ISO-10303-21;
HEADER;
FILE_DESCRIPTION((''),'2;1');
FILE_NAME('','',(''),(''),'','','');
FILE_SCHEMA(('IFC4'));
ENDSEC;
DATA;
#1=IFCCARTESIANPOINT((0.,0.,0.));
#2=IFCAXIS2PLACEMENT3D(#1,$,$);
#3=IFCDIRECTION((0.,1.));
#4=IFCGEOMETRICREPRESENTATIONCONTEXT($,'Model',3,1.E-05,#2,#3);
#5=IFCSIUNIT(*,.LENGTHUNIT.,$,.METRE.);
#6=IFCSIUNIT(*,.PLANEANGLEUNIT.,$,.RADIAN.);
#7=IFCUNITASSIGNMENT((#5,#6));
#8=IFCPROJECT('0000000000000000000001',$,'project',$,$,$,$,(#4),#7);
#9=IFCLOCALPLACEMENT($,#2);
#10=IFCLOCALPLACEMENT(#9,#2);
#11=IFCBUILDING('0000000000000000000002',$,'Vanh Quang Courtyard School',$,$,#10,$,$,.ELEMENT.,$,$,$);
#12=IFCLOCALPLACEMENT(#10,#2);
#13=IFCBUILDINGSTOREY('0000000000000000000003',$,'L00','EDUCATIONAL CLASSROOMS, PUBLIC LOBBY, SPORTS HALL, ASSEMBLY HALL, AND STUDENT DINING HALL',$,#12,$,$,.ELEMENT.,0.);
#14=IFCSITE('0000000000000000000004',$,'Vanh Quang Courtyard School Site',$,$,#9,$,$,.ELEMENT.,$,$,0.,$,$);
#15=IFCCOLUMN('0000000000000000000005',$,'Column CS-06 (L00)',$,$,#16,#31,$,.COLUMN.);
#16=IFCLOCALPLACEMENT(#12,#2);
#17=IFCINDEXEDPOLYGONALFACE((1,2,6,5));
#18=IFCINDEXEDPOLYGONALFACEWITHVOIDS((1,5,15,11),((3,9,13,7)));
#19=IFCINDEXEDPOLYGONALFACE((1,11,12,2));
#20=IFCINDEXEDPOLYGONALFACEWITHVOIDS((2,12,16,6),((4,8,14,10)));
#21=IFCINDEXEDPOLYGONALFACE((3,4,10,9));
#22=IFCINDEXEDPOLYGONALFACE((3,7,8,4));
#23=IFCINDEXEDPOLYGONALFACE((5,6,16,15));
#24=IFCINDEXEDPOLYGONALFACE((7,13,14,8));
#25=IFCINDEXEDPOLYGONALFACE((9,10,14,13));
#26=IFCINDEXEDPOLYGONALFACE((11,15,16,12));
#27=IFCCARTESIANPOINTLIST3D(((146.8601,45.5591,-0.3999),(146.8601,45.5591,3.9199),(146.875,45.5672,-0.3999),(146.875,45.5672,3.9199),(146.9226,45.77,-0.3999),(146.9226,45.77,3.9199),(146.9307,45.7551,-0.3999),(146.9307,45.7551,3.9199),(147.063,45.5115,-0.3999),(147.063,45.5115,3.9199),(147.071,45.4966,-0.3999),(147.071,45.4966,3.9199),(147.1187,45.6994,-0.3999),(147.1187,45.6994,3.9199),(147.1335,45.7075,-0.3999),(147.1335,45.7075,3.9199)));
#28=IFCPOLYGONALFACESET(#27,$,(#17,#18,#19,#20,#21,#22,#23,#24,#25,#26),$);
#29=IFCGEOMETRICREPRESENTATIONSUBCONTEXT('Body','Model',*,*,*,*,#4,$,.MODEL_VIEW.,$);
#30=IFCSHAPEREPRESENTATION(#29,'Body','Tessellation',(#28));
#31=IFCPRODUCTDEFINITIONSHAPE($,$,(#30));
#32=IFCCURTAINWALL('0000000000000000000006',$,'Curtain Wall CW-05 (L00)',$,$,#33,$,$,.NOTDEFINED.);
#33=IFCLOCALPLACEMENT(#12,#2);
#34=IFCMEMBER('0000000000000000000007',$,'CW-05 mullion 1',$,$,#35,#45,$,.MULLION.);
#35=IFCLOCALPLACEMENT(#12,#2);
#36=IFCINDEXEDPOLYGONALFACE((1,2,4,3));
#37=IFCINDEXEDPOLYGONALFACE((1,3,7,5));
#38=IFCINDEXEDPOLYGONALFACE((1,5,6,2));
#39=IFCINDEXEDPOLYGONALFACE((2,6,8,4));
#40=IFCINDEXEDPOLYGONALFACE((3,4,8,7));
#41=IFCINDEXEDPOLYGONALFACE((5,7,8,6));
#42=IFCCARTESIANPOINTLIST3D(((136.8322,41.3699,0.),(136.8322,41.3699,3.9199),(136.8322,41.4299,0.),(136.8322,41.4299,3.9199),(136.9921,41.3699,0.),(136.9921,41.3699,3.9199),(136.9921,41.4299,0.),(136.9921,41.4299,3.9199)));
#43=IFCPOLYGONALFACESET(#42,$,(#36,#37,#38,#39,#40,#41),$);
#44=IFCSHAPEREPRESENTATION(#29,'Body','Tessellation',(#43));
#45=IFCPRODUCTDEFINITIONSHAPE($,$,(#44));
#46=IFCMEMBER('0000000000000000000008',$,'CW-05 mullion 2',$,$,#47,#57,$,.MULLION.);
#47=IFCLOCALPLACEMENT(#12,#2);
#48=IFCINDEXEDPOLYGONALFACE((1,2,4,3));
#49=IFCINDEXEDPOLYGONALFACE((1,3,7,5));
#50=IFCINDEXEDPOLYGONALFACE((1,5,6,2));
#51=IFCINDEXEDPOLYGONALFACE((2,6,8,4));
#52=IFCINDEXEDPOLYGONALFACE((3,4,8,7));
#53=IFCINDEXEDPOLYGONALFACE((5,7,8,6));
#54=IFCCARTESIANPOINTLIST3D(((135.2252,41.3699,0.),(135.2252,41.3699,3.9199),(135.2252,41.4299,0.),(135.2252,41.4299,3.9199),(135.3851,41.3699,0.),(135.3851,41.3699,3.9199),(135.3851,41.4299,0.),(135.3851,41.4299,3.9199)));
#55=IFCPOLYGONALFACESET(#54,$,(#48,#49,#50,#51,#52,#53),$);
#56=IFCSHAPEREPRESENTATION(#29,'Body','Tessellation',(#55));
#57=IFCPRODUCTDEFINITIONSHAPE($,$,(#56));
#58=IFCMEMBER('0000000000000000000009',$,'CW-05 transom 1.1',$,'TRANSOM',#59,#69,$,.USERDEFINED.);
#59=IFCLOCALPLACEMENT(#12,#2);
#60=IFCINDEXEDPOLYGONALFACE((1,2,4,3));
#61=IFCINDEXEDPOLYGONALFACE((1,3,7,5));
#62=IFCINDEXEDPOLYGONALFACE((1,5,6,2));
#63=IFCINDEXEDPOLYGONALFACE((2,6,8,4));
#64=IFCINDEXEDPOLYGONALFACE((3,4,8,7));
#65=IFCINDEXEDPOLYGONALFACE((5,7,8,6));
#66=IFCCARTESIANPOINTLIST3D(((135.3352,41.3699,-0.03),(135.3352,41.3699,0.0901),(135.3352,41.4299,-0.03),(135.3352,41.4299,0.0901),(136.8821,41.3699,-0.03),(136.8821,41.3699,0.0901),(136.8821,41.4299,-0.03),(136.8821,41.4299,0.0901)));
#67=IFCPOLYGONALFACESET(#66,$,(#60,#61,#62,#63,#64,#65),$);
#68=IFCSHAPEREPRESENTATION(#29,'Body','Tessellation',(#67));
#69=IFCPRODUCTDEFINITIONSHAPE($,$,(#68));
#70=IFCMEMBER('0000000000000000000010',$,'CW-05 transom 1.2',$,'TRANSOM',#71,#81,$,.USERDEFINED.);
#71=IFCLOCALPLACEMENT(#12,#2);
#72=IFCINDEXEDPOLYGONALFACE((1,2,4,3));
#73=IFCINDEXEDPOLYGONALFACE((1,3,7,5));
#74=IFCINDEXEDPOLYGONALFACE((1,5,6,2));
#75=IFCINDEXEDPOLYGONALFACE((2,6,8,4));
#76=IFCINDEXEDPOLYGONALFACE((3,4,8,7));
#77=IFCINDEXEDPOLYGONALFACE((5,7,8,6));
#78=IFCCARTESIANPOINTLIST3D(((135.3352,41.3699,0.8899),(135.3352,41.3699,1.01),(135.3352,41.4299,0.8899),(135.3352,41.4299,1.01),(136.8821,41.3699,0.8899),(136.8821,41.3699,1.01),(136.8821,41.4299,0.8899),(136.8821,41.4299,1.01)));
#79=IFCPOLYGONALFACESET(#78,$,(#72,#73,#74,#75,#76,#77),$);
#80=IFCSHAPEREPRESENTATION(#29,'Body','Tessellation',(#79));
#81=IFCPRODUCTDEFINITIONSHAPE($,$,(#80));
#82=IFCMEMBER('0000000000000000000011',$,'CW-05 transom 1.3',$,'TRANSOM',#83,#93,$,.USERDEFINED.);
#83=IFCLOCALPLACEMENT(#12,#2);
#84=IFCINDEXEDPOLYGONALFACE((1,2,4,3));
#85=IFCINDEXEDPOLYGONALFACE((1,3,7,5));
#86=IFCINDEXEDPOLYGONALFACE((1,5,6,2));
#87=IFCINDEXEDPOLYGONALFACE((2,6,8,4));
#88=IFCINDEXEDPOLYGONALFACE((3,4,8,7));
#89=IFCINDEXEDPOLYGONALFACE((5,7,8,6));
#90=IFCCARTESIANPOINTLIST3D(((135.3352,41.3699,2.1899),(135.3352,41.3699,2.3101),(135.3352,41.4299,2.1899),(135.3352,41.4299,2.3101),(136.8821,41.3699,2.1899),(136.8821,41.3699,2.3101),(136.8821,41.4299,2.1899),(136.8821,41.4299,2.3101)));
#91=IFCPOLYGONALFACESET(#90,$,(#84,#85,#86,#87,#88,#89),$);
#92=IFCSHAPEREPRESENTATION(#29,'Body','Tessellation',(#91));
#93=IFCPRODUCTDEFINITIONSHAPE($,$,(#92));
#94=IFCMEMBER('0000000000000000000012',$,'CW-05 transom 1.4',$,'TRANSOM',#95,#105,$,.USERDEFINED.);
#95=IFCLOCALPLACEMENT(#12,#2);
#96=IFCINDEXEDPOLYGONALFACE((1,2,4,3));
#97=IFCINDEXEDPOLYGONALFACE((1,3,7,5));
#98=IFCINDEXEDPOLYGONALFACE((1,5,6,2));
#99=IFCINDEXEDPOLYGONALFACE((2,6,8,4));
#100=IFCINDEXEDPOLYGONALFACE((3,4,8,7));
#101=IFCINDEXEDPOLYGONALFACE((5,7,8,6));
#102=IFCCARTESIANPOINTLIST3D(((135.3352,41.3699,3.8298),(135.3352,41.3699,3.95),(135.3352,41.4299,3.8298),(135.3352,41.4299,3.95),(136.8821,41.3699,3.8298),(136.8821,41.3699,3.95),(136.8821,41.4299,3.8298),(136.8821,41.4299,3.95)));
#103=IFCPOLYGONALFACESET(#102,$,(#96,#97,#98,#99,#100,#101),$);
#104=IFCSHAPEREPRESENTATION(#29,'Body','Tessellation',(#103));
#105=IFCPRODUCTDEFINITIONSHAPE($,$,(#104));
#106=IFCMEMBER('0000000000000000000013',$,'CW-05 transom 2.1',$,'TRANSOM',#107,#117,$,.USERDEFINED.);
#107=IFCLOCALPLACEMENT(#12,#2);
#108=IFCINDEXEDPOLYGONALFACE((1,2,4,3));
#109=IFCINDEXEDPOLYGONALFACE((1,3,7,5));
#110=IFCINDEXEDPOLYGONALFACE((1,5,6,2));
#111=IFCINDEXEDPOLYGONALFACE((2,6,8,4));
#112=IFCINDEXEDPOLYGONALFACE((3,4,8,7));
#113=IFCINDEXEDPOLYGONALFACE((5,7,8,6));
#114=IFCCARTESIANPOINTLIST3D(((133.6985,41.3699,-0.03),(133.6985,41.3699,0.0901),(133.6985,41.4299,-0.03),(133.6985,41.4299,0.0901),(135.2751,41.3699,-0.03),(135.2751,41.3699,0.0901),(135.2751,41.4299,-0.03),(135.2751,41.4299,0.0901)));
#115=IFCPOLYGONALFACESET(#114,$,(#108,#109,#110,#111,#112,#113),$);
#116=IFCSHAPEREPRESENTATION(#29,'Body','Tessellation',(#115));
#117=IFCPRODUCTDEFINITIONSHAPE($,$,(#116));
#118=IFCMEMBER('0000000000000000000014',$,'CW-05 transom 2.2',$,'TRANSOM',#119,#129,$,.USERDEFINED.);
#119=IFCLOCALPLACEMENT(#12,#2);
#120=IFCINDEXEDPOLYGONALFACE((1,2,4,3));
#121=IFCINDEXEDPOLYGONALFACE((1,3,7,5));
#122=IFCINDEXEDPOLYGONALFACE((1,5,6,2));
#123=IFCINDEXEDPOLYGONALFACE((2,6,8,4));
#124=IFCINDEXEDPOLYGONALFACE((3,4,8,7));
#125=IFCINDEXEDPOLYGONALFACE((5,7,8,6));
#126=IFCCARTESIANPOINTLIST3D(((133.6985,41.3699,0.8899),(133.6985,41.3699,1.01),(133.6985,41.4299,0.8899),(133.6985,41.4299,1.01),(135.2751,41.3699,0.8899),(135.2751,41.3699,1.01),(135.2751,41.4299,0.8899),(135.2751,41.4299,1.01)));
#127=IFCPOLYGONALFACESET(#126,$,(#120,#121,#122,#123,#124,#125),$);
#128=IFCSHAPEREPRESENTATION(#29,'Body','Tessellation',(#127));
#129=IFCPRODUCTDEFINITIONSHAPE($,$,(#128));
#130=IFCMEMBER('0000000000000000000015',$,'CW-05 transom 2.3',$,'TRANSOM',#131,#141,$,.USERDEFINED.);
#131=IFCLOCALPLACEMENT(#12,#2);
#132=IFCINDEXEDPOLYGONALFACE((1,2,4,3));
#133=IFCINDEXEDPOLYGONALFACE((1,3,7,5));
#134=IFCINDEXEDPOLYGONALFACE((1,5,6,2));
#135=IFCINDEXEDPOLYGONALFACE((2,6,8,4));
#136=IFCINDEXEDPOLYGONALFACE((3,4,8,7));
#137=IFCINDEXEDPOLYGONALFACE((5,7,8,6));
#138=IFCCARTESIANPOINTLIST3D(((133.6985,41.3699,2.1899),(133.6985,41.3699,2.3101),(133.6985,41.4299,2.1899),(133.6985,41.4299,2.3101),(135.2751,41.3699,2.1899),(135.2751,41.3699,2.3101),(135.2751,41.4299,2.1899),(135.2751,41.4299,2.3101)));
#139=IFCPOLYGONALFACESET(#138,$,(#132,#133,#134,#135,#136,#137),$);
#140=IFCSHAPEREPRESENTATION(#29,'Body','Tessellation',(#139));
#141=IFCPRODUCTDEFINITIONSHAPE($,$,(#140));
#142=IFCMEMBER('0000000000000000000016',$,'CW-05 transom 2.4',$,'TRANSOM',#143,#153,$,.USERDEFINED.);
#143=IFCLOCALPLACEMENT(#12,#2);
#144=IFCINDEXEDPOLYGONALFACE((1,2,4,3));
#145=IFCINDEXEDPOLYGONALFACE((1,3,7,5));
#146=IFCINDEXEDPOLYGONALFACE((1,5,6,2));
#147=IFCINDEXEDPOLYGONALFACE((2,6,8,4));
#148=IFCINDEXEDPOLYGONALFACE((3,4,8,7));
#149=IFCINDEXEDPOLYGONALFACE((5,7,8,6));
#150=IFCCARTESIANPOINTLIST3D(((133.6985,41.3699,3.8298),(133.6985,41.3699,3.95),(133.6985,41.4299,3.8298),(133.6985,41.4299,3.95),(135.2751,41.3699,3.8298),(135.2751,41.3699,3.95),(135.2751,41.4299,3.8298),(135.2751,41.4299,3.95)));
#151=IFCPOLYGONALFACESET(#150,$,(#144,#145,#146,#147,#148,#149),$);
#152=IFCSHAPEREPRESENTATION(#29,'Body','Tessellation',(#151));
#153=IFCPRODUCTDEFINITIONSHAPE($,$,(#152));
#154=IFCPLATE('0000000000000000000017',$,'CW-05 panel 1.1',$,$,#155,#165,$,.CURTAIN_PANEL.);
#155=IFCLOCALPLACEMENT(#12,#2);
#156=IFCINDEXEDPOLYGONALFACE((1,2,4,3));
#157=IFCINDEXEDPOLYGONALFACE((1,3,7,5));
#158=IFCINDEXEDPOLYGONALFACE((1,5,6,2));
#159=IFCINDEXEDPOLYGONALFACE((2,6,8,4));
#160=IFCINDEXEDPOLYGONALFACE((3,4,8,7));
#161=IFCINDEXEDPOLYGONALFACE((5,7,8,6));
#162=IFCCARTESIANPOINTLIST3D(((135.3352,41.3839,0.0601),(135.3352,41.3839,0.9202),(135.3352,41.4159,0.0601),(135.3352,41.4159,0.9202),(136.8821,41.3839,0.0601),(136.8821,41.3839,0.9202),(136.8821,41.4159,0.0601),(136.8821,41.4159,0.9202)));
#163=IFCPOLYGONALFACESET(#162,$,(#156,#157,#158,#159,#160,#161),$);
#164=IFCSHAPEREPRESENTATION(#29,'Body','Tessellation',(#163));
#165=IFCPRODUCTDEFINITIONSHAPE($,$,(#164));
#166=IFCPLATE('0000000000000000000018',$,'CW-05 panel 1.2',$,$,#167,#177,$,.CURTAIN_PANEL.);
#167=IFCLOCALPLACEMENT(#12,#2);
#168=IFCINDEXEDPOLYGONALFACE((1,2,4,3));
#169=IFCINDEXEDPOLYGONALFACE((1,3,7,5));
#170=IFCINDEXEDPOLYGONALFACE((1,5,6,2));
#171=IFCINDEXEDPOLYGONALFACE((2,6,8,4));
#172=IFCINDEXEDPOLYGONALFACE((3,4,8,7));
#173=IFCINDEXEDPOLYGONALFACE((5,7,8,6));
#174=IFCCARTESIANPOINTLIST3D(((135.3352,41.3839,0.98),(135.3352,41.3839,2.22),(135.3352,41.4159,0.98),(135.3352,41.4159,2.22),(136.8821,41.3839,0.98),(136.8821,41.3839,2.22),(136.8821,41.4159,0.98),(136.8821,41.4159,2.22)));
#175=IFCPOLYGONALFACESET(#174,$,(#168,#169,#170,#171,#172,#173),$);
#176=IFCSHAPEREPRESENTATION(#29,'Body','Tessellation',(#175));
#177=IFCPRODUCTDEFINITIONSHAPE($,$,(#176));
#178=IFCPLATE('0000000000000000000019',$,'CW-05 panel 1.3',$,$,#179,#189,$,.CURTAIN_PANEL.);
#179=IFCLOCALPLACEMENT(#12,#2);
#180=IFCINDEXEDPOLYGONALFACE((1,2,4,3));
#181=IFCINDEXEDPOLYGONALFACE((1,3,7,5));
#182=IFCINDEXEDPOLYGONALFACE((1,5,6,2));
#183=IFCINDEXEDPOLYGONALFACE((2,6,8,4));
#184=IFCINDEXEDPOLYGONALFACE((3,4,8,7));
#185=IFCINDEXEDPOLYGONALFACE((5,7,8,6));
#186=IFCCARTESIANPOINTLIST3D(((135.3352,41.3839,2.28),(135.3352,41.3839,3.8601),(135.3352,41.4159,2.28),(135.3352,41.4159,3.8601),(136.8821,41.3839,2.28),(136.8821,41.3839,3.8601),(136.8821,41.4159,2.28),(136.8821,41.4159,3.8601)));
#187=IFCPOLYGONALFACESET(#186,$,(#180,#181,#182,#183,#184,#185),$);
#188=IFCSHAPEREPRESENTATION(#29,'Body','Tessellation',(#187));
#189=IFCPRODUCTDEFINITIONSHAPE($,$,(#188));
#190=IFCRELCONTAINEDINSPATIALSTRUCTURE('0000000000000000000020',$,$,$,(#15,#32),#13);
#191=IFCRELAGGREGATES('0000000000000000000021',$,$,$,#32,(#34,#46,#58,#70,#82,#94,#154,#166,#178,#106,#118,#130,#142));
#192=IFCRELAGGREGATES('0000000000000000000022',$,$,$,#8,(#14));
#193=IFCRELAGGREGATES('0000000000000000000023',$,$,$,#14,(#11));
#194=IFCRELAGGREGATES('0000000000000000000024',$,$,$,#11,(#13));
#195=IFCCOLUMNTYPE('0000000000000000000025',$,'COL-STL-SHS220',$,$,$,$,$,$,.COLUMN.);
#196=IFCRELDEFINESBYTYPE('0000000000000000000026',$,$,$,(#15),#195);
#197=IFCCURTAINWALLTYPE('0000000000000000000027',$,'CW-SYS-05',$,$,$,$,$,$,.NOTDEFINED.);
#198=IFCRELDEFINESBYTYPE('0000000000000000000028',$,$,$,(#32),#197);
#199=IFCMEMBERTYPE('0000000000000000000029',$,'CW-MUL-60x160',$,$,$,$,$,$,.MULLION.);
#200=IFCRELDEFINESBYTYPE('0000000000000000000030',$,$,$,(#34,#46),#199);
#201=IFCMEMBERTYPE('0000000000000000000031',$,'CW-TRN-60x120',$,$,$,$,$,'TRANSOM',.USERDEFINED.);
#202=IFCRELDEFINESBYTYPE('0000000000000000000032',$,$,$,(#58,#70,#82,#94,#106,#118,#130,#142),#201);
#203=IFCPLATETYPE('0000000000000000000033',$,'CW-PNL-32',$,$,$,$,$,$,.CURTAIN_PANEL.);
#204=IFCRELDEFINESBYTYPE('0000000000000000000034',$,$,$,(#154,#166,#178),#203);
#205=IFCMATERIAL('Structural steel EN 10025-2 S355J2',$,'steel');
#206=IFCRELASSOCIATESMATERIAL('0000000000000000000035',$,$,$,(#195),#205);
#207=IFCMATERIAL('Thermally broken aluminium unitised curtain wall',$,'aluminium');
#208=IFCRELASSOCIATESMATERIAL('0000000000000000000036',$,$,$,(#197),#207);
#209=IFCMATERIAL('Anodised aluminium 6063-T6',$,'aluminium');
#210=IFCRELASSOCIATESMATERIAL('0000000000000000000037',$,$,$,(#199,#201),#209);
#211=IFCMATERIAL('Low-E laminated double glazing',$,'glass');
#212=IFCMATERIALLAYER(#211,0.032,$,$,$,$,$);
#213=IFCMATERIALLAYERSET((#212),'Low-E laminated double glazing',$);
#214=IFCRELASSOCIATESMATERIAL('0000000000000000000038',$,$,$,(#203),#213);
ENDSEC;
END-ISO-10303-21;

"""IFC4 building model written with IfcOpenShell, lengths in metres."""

from ifc_helpers import new_model, si_unit, direction, frame, origin, origin_2d, place, context, subcontext, project, spatial, rectangle, hollow_rectangle, extrude, material, layer, layer_set, material_profile, profile_set, type_object, element, aggregate, save


model = new_model("IFC4")

# Units and contexts
model_context = context("Model", 3, precision=1e-05, world=origin(), true_north=direction((0.0, 1.0)))
body_context = subcontext(model_context, "Body", "Model", "MODEL_VIEW")
ifc_project = project(units=[si_unit("LENGTHUNIT", "METRE"), si_unit("PLANEANGLEUNIT", "RADIAN")], contexts=[model_context])

# Site, building, storey
site_placement = place(None, origin())
site = spatial("IfcSite", under=ifc_project, at=site_placement, Name="Vanh Quang Courtyard School Site", CompositionType="ELEMENT", RefElevation=0.0)
building_placement = place(site_placement, origin())
building = spatial("IfcBuilding", under=site, at=building_placement, Name="Vanh Quang Courtyard School", CompositionType="ELEMENT")
storey_placement = place(building_placement, origin())
storey = spatial("IfcBuildingStorey", under=building, at=storey_placement, Name="L00", Description="EDUCATIONAL CLASSROOMS, PUBLIC LOBBY, SPORTS HALL, ASSEMBLY HALL, AND STUDENT DINING HALL", CompositionType="ELEMENT", Elevation=0.0)

# Column
ifc_material_1 = material(Name="Structural steel EN 10025-2 S355J2", Category="steel")
ifc_material_profile_1 = material_profile(ifc_material_1, hollow_rectangle(XDim=0.22, YDim=0.22, WallThickness=0.012, at=origin_2d()), Name="SHS 220x220x12")
ifc_profile_set_1 = profile_set([ifc_material_profile_1], Name="Structural steel EN 10025-2 S355J2")
column_type_1 = type_object("IfcColumnType", Name="COL-STL-SHS220", PredefinedType="COLUMN", material=ifc_profile_set_1)
column_1_placement = place(storey_placement, frame((146.9968, 45.6333, -0.3999), z_axis=(0.0, 0.0, 1.0), x_axis=(0.95882, -0.284015, 0.0)))
element("IfcColumn", 1, at=column_1_placement, inside=storey, type_object=column_type_1, Name="Column CS-06 (L00)", PredefinedType="COLUMN", context=body_context, shape_type="SweptSolid", body=[
    extrude(hollow_rectangle(XDim=0.22, YDim=0.22, WallThickness=0.012, at=origin_2d()), origin(), (0.0, 0.0, 1.0), 4.3198),
])

# Curtain wall, members, plates
ifc_material_2 = material(Name="Thermally broken aluminium unitised curtain wall", Category="aluminium")
curtain_wall_type = type_object("IfcCurtainWallType", Name="CW-SYS-05", PredefinedType="NOTDEFINED", material=ifc_material_2)
curtain_wall_placement = place(storey_placement, origin())
curtain_wall = element("IfcCurtainWall", 2, at=curtain_wall_placement, inside=storey, type_object=curtain_wall_type, Name="Curtain Wall CW-05 (L00)", PredefinedType="NOTDEFINED")
ifc_material_3 = material(Name="Anodised aluminium 6063-T6", Category="aluminium")
ifc_material_profile_2 = material_profile(ifc_material_3, rectangle(XDim=0.0601, YDim=0.1599, at=origin_2d()), Name="ALU-MUL 60x160")
ifc_profile_set_2 = profile_set([ifc_material_profile_2], Name="Anodised aluminium 6063-T6")
member_type_1 = type_object("IfcMemberType", Name="CW-MUL-60x160", PredefinedType="MULLION", material=ifc_profile_set_2)
member_1_placement = place(storey_placement, frame((136.9121, 41.3999, 0.0), z_axis=(0.0, 0.0, 1.0), x_axis=(0.0, -1.0, 0.0)))
member_1 = element("IfcMember", 3, at=member_1_placement, type_object=member_type_1, Name="CW-05 mullion 1", PredefinedType="MULLION", context=body_context, shape_type="SweptSolid", body=[
    extrude(rectangle(XDim=0.0601, YDim=0.1599, at=origin_2d()), origin(), (0.0, 0.0, 1.0), 3.9199),
])
member_2_placement = place(storey_placement, frame((135.3052, 41.3999, 0.0), z_axis=(0.0, 0.0, 1.0), x_axis=(0.0, -1.0, 0.0)))
member_2 = element("IfcMember", 4, at=member_2_placement, type_object=member_type_1, Name="CW-05 mullion 2", PredefinedType="MULLION", context=body_context, shape_type="SweptSolid", body=[
    extrude(rectangle(XDim=0.0601, YDim=0.1599, at=origin_2d()), origin(), (0.0, 0.0, 1.0), 3.9199),
])
ifc_material_profile_3 = material_profile(ifc_material_3, rectangle(XDim=0.0601, YDim=0.1201, at=origin_2d()), Name="ALU-TRN 60x120")
ifc_profile_set_3 = profile_set([ifc_material_profile_3], Name="Anodised aluminium 6063-T6")
member_type_2 = type_object("IfcMemberType", Name="CW-TRN-60x120", ElementType="TRANSOM", PredefinedType="USERDEFINED", material=ifc_profile_set_3)
member_3_placement = place(storey_placement, frame((136.8821, 41.3999, 0.03), z_axis=(-1.0, 0.0, 0.0), x_axis=(0.0, -1.0, 0.0)))
member_3 = element("IfcMember", 5, at=member_3_placement, type_object=member_type_2, Name="CW-05 transom 1.1", ObjectType="TRANSOM", PredefinedType="USERDEFINED", context=body_context, shape_type="SweptSolid", body=[
    extrude(rectangle(XDim=0.0601, YDim=0.1201, at=origin_2d()), origin(), (0.0, 0.0, 1.0), 1.5469),
])
member_4_placement = place(storey_placement, frame((136.8821, 41.3999, 0.95), z_axis=(-1.0, 0.0, 0.0), x_axis=(0.0, -1.0, 0.0)))
member_4 = element("IfcMember", 6, at=member_4_placement, type_object=member_type_2, Name="CW-05 transom 1.2", ObjectType="TRANSOM", PredefinedType="USERDEFINED", context=body_context, shape_type="SweptSolid", body=[
    extrude(rectangle(XDim=0.0601, YDim=0.1201, at=origin_2d()), origin(), (0.0, 0.0, 1.0), 1.5469),
])
member_5_placement = place(storey_placement, frame((136.8821, 41.3999, 2.25), z_axis=(-1.0, 0.0, 0.0), x_axis=(0.0, -1.0, 0.0)))
member_5 = element("IfcMember", 7, at=member_5_placement, type_object=member_type_2, Name="CW-05 transom 1.3", ObjectType="TRANSOM", PredefinedType="USERDEFINED", context=body_context, shape_type="SweptSolid", body=[
    extrude(rectangle(XDim=0.0601, YDim=0.1201, at=origin_2d()), origin(), (0.0, 0.0, 1.0), 1.5469),
])
member_6_placement = place(storey_placement, frame((136.8821, 41.3999, 3.8899), z_axis=(-1.0, 0.0, 0.0), x_axis=(0.0, -1.0, 0.0)))
member_6 = element("IfcMember", 8, at=member_6_placement, type_object=member_type_2, Name="CW-05 transom 1.4", ObjectType="TRANSOM", PredefinedType="USERDEFINED", context=body_context, shape_type="SweptSolid", body=[
    extrude(rectangle(XDim=0.0601, YDim=0.1201, at=origin_2d()), origin(), (0.0, 0.0, 1.0), 1.5469),
])
member_7_placement = place(storey_placement, frame((135.2751, 41.3999, 0.03), z_axis=(-1.0, 0.0, 0.0), x_axis=(0.0, -1.0, 0.0)))
member_7 = element("IfcMember", 9, at=member_7_placement, type_object=member_type_2, Name="CW-05 transom 2.1", ObjectType="TRANSOM", PredefinedType="USERDEFINED", context=body_context, shape_type="SweptSolid", body=[
    extrude(rectangle(XDim=0.0601, YDim=0.1201, at=origin_2d()), origin(), (0.0, 0.0, 1.0), 1.5767),
])
member_8_placement = place(storey_placement, frame((135.2751, 41.3999, 0.95), z_axis=(-1.0, 0.0, 0.0), x_axis=(0.0, -1.0, 0.0)))
member_8 = element("IfcMember", 10, at=member_8_placement, type_object=member_type_2, Name="CW-05 transom 2.2", ObjectType="TRANSOM", PredefinedType="USERDEFINED", context=body_context, shape_type="SweptSolid", body=[
    extrude(rectangle(XDim=0.0601, YDim=0.1201, at=origin_2d()), origin(), (0.0, 0.0, 1.0), 1.5767),
])
member_9_placement = place(storey_placement, frame((135.2751, 41.3999, 2.25), z_axis=(-1.0, 0.0, 0.0), x_axis=(0.0, -1.0, 0.0)))
member_9 = element("IfcMember", 11, at=member_9_placement, type_object=member_type_2, Name="CW-05 transom 2.3", ObjectType="TRANSOM", PredefinedType="USERDEFINED", context=body_context, shape_type="SweptSolid", body=[
    extrude(rectangle(XDim=0.0601, YDim=0.1201, at=origin_2d()), origin(), (0.0, 0.0, 1.0), 1.5767),
])
member_10_placement = place(storey_placement, frame((135.2751, 41.3999, 3.8899), z_axis=(-1.0, 0.0, 0.0), x_axis=(0.0, -1.0, 0.0)))
member_10 = element("IfcMember", 12, at=member_10_placement, type_object=member_type_2, Name="CW-05 transom 2.4", ObjectType="TRANSOM", PredefinedType="USERDEFINED", context=body_context, shape_type="SweptSolid", body=[
    extrude(rectangle(XDim=0.0601, YDim=0.1201, at=origin_2d()), origin(), (0.0, 0.0, 1.0), 1.5767),
])
ifc_material_4 = material(Name="Low-E laminated double glazing", Category="glass")
ifc_layer_1 = layer(ifc_material_4, 0.032)
ifc_layer_set_1 = layer_set([ifc_layer_1], Name="Low-E laminated double glazing")
plate_type_1 = type_object("IfcPlateType", Name="CW-PNL-32", PredefinedType="CURTAIN_PANEL", material=ifc_layer_set_1)
plate_1_placement = place(storey_placement, frame((136.1086, 41.3999, 0.0601), z_axis=(0.0, 0.0, 1.0), x_axis=(-1.0, 0.0, 0.0)))
plate_1 = element("IfcPlate", 13, at=plate_1_placement, type_object=plate_type_1, Name="CW-05 panel 1.1", PredefinedType="CURTAIN_PANEL", context=body_context, shape_type="SweptSolid", body=[
    extrude(rectangle(XDim=1.5469, YDim=0.032, at=origin_2d()), origin(), (0.0, 0.0, 1.0), 0.8601),
])
plate_2_placement = place(storey_placement, frame((136.1086, 41.3999, 0.98), z_axis=(0.0, 0.0, 1.0), x_axis=(-1.0, 0.0, 0.0)))
plate_2 = element("IfcPlate", 14, at=plate_2_placement, type_object=plate_type_1, Name="CW-05 panel 1.2", PredefinedType="CURTAIN_PANEL", context=body_context, shape_type="SweptSolid", body=[
    extrude(rectangle(XDim=1.5469, YDim=0.032, at=origin_2d()), origin(), (0.0, 0.0, 1.0), 1.24),
])
plate_3_placement = place(storey_placement, frame((136.1086, 41.3999, 2.28), z_axis=(0.0, 0.0, 1.0), x_axis=(-1.0, 0.0, 0.0)))
plate_3 = element("IfcPlate", 15, at=plate_3_placement, type_object=plate_type_1, Name="CW-05 panel 1.3", PredefinedType="CURTAIN_PANEL", context=body_context, shape_type="SweptSolid", body=[
    extrude(rectangle(XDim=1.5469, YDim=0.032, at=origin_2d()), origin(), (0.0, 0.0, 1.0), 1.5801),
])
aggregate(curtain_wall, [member_1, member_2, member_3, member_4, member_5, member_6, plate_1, plate_2, plate_3, member_7, member_8, member_9, member_10])

save(model, "model.ifc")
